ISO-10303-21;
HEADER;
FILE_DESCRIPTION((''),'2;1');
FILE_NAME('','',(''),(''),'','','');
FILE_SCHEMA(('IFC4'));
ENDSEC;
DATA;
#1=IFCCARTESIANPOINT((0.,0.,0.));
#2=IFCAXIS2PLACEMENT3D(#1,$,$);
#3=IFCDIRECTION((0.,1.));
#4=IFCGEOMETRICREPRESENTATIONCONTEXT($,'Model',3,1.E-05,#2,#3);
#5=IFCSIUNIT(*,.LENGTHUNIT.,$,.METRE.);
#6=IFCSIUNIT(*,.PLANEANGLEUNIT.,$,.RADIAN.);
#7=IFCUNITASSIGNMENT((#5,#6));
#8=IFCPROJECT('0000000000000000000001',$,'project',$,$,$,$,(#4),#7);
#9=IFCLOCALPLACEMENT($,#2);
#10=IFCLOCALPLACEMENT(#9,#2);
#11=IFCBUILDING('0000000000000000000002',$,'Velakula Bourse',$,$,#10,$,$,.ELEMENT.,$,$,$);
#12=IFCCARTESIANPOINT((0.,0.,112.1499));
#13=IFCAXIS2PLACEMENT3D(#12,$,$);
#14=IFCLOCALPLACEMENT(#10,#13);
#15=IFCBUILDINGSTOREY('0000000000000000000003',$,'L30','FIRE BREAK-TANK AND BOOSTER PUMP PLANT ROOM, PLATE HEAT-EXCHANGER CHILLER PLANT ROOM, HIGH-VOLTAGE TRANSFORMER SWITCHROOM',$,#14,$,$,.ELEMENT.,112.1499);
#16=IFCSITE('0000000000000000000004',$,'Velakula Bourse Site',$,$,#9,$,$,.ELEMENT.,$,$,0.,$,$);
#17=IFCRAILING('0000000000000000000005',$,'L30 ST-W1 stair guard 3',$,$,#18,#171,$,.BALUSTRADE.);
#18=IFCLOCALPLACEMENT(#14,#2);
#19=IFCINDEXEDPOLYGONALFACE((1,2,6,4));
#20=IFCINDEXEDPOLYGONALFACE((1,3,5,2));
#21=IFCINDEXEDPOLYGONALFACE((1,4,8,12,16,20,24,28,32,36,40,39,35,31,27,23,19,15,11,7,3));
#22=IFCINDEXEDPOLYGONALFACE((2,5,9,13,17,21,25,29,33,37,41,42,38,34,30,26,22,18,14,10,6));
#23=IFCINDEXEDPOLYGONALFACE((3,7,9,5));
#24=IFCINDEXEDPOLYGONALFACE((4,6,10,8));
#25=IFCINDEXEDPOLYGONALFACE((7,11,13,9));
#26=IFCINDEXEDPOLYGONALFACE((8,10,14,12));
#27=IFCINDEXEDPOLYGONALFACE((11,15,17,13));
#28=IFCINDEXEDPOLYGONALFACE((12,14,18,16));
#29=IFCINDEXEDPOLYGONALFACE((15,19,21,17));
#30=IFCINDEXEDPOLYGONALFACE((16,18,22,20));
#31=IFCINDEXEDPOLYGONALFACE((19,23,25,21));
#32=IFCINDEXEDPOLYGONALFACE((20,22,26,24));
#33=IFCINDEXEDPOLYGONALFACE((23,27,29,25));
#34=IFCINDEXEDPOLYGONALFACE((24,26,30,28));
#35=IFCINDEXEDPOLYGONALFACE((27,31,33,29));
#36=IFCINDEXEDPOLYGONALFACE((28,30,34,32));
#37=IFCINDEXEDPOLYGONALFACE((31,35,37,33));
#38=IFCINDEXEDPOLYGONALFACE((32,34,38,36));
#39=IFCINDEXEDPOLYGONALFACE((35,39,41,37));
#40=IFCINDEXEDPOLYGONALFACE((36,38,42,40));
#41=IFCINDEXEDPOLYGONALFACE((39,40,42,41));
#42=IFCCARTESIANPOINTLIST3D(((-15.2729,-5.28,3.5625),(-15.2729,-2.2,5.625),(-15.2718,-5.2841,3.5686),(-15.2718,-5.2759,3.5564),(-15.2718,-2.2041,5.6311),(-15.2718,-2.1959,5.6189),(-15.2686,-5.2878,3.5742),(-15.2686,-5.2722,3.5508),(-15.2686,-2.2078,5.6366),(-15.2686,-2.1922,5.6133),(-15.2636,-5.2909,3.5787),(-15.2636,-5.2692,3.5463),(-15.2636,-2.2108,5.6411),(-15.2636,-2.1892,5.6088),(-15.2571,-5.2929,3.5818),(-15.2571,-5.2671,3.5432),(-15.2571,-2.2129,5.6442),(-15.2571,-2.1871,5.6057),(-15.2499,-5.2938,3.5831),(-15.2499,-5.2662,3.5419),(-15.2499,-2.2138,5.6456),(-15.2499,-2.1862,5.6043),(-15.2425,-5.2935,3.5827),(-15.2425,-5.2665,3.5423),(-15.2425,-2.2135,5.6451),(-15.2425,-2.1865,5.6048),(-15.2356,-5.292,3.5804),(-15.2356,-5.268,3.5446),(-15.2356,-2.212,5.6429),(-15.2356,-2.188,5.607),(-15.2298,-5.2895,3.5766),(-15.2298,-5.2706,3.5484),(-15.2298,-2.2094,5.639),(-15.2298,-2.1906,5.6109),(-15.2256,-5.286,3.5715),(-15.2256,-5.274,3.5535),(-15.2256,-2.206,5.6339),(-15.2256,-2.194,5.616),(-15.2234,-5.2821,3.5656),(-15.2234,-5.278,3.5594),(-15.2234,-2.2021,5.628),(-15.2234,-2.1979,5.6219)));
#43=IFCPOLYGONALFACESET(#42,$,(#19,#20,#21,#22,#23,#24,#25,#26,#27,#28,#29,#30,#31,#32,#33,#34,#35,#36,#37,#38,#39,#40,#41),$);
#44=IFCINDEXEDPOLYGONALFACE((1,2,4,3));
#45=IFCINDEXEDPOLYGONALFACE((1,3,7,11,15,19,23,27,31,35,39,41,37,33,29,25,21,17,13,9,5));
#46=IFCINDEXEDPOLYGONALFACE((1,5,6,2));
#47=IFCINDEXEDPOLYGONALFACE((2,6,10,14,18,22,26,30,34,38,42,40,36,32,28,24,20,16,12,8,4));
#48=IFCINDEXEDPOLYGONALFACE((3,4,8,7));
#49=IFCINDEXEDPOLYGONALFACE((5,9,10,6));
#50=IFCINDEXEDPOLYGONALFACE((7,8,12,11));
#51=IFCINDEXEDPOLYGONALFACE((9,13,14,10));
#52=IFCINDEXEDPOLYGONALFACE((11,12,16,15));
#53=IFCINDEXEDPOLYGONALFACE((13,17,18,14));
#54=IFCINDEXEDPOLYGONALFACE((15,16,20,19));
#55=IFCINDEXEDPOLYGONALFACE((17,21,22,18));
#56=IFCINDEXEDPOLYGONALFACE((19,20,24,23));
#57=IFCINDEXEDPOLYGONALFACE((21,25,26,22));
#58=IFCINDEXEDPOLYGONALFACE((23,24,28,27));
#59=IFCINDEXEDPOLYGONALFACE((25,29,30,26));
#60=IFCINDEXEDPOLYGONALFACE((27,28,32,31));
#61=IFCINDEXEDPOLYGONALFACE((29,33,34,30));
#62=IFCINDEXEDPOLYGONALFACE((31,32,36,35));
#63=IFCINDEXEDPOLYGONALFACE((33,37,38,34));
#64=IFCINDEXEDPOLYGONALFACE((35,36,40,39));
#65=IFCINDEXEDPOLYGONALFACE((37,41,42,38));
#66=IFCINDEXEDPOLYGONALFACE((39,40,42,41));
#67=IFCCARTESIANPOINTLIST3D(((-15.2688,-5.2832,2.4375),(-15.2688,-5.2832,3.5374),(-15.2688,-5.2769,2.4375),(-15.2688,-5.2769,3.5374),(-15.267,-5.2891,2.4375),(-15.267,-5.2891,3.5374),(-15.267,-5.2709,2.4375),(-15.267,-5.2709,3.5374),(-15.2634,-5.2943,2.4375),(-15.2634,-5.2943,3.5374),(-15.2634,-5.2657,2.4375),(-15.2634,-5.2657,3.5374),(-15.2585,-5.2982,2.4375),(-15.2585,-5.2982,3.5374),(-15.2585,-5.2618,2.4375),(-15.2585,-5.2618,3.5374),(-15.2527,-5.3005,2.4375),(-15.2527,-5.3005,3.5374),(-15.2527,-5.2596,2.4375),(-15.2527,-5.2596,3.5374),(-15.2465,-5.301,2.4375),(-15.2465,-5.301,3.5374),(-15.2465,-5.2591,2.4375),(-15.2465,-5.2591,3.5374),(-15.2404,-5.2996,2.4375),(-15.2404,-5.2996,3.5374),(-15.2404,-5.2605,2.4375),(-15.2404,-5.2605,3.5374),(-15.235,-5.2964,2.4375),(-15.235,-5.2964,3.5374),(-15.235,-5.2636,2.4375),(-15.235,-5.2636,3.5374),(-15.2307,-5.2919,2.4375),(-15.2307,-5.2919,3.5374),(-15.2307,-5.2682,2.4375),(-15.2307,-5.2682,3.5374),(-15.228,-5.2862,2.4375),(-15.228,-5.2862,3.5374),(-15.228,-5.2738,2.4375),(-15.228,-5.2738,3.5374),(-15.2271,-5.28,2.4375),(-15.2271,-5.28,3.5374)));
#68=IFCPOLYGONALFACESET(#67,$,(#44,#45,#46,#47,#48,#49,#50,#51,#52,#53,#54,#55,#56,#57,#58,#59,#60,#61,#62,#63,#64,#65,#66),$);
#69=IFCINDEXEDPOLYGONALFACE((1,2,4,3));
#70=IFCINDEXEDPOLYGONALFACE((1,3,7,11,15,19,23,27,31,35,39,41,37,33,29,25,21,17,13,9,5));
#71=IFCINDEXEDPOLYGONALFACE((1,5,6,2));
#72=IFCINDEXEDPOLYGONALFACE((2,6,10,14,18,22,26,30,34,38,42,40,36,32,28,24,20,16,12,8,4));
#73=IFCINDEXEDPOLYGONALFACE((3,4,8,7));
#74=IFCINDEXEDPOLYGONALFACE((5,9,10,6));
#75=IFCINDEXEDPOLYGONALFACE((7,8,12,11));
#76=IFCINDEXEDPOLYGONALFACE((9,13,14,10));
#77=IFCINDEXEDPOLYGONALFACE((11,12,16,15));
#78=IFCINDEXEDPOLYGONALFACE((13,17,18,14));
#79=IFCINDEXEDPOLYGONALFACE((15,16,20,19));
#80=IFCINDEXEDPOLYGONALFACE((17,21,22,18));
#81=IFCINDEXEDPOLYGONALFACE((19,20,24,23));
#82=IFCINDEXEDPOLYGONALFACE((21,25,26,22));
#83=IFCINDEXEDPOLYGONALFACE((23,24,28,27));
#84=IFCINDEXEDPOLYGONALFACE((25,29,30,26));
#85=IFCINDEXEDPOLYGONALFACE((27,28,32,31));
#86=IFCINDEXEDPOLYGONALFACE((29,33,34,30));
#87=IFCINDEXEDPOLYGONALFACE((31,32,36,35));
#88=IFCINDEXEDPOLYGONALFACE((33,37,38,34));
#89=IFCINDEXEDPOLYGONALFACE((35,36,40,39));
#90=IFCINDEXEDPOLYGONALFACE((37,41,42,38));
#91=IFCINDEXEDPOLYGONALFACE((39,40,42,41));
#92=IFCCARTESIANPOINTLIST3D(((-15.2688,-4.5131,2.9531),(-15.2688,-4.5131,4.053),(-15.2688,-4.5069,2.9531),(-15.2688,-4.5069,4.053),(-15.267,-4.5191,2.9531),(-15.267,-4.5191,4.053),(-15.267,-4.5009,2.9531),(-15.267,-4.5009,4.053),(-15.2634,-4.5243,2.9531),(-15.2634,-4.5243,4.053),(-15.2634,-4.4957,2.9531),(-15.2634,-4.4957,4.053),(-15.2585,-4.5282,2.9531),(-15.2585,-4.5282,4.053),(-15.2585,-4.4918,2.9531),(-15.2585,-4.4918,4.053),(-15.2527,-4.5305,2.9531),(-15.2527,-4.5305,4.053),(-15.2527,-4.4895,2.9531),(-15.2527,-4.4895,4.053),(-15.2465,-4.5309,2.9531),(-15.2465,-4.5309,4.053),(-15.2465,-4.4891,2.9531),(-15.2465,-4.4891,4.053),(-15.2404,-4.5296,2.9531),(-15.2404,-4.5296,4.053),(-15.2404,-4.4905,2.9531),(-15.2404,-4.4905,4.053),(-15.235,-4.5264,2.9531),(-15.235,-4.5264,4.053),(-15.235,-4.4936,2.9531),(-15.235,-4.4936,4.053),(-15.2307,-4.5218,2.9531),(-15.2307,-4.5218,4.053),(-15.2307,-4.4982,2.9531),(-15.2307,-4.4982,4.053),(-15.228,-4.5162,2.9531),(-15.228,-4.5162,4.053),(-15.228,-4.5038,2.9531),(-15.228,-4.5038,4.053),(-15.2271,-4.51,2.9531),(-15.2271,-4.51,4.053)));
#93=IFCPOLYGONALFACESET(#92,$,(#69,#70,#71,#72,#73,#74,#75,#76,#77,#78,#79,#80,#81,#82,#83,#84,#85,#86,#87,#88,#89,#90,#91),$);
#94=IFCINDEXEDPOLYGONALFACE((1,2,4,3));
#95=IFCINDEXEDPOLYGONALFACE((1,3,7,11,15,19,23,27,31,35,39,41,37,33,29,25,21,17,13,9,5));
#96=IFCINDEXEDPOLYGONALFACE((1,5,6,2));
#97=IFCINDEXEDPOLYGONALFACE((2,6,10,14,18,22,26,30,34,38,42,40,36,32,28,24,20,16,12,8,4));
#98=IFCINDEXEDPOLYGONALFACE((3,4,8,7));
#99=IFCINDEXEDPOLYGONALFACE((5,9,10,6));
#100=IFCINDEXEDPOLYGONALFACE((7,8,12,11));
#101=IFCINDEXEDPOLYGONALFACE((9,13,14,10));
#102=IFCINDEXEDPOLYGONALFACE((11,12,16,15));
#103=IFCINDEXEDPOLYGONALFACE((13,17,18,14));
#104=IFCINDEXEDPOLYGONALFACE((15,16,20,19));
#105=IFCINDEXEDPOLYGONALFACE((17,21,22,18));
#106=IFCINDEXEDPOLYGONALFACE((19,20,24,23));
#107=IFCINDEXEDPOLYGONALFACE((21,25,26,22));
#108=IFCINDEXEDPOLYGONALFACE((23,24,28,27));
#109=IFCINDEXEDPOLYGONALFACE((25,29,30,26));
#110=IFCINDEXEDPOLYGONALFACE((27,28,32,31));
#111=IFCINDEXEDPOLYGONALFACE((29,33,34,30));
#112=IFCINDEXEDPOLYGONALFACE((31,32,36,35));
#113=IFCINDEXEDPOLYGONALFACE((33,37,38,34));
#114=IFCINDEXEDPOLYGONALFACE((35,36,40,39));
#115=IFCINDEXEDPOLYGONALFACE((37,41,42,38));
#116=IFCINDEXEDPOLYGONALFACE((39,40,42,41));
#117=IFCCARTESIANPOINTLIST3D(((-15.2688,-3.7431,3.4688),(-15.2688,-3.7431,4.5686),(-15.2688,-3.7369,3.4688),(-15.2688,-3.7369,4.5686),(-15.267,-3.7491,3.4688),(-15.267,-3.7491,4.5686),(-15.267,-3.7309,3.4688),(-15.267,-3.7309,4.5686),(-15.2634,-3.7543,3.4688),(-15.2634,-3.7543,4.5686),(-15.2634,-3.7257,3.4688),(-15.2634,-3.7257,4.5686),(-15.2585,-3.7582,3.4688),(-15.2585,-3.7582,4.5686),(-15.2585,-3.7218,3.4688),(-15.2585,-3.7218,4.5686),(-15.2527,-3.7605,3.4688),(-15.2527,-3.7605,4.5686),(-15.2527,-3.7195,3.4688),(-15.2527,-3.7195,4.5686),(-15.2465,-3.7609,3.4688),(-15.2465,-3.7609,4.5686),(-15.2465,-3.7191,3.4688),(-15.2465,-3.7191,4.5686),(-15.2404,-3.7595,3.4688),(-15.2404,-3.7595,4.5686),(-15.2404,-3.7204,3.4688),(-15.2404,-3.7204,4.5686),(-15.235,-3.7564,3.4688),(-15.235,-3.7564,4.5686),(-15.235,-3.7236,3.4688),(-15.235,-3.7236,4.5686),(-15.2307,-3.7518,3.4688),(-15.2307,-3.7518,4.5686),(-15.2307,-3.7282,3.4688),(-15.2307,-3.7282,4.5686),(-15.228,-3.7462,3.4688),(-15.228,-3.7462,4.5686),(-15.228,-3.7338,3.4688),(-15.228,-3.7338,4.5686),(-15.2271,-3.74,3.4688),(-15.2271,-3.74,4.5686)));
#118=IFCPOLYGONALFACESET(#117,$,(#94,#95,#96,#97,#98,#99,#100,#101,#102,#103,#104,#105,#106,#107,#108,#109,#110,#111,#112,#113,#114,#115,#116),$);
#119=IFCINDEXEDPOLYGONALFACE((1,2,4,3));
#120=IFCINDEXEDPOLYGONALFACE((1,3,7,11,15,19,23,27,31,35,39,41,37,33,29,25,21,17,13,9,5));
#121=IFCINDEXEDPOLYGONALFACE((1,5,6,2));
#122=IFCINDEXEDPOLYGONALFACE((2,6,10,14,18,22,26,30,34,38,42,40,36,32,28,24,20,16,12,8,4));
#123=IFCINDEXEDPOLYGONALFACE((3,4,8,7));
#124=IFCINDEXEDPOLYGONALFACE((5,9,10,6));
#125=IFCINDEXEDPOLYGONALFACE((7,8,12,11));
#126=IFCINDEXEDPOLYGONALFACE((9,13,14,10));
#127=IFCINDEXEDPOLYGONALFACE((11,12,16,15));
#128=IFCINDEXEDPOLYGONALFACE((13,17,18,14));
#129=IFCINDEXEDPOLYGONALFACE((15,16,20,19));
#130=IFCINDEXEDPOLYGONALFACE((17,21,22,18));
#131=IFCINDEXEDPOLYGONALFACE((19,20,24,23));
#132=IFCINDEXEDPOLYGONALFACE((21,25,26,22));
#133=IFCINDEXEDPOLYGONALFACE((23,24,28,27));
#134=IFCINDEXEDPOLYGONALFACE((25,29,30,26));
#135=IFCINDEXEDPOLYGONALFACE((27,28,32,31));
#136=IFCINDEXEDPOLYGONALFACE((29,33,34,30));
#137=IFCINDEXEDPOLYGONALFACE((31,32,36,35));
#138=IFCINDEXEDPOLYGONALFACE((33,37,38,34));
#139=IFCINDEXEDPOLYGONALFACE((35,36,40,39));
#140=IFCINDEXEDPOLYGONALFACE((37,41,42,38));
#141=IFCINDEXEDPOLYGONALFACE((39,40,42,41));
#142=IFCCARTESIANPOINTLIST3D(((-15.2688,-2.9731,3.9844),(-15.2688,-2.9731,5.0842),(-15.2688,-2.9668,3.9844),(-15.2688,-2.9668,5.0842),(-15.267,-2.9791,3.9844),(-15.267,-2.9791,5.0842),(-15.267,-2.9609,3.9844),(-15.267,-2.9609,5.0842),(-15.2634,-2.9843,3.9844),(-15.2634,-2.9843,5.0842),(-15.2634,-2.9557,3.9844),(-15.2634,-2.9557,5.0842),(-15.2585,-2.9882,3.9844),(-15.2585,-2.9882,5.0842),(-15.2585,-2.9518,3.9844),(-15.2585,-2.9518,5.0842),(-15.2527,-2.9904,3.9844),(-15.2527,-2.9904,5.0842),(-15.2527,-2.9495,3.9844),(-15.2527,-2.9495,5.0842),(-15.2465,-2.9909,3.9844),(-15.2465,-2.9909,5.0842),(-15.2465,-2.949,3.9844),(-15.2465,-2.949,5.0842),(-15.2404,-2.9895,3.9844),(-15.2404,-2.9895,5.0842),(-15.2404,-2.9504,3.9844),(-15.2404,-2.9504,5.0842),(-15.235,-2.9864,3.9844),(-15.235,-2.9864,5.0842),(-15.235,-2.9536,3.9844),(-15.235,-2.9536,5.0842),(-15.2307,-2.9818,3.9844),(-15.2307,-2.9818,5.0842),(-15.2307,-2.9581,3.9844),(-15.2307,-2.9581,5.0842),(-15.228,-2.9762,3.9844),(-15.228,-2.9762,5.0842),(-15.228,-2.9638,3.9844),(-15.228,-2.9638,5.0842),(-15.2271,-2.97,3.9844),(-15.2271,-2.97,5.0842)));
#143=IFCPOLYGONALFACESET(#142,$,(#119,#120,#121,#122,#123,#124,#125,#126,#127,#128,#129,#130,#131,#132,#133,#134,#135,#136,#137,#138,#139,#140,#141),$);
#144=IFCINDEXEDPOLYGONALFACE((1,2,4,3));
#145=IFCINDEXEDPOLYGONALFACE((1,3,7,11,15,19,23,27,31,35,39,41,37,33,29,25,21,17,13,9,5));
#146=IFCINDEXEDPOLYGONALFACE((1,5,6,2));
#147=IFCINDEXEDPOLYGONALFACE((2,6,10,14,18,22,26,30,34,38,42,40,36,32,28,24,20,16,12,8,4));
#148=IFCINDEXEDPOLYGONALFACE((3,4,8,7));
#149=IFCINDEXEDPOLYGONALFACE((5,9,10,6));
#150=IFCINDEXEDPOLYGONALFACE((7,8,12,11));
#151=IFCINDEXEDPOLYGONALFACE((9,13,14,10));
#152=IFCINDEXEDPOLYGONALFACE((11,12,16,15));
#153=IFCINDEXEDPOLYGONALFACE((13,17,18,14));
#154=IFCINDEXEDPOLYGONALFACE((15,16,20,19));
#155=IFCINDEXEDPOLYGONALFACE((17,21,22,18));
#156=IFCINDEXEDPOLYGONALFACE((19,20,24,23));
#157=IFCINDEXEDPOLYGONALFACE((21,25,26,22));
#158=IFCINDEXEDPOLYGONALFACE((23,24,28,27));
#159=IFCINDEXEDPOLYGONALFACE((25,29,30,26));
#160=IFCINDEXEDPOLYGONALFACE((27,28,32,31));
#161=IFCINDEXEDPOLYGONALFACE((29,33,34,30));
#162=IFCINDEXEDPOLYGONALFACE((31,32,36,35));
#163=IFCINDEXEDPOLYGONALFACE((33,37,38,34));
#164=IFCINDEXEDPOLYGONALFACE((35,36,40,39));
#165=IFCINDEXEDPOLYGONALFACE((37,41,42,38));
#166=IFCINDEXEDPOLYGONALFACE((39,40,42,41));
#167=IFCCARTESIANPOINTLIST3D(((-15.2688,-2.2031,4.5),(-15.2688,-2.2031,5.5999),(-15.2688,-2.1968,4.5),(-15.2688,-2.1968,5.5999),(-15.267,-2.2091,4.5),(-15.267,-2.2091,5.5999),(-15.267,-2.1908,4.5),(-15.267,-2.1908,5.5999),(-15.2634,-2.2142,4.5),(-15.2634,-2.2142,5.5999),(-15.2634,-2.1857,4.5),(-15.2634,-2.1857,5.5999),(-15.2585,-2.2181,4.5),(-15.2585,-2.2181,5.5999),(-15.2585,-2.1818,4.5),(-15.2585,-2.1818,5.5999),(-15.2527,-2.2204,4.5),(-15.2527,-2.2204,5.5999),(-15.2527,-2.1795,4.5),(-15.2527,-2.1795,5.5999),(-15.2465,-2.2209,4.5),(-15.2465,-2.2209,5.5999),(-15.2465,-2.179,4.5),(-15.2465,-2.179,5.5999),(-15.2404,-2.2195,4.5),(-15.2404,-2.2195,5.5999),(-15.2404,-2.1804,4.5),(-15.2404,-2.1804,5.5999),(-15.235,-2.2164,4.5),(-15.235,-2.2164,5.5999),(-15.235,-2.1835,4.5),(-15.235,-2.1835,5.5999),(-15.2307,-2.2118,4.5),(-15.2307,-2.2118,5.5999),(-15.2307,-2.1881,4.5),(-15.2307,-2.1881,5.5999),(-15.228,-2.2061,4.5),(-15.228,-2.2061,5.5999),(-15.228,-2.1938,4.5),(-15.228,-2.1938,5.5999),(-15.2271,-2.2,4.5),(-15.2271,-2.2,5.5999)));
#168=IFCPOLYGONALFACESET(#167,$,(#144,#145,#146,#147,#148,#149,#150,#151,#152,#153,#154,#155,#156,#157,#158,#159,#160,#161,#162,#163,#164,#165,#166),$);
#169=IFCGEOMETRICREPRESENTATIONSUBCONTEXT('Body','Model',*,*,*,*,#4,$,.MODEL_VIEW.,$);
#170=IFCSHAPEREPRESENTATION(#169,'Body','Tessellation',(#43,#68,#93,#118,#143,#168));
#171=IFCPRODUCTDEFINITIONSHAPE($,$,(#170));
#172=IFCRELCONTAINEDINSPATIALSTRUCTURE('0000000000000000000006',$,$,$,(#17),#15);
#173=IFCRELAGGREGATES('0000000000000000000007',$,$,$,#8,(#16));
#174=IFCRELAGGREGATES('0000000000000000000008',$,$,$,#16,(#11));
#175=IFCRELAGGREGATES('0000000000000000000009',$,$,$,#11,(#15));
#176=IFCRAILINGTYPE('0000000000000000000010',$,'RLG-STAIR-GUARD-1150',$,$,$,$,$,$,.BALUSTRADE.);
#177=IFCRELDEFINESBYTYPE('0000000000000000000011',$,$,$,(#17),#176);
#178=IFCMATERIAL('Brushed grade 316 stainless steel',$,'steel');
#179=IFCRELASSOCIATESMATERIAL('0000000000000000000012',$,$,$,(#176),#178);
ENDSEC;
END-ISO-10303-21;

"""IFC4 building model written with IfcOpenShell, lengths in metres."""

from ifc_helpers import new_model, si_unit, direction, frame, origin, origin_2d, place, context, subcontext, project, spatial, circle, extrude, material, type_object, element, save


model = new_model("IFC4")

# Units and contexts
model_context = context("Model", 3, precision=1e-05, world=origin(), true_north=direction((0.0, 1.0)))
body_context = subcontext(model_context, "Body", "Model", "MODEL_VIEW")
ifc_project = project(units=[si_unit("LENGTHUNIT", "METRE"), si_unit("PLANEANGLEUNIT", "RADIAN")], contexts=[model_context])

# Site, building, storey
site_placement = place(None, origin())
site = spatial("IfcSite", under=ifc_project, at=site_placement, Name="Velakula Bourse Site", CompositionType="ELEMENT", RefElevation=0.0)
building_placement = place(site_placement, origin())
building = spatial("IfcBuilding", under=site, at=building_placement, Name="Velakula Bourse", CompositionType="ELEMENT")
storey_placement = place(building_placement, frame((0.0, 0.0, 112.1499)))
storey = spatial("IfcBuildingStorey", under=building, at=storey_placement, Name="L30", Description="FIRE BREAK-TANK AND BOOSTER PUMP PLANT ROOM, PLATE HEAT-EXCHANGER CHILLER PLANT ROOM, HIGH-VOLTAGE TRANSFORMER SWITCHROOM", CompositionType="ELEMENT", Elevation=112.1499)

# Shared definitions
ifc_material_1 = material(Name="Brushed grade 316 stainless steel", Category="steel")

# Railing
railing_type_1 = type_object("IfcRailingType", Name="RLG-STAIR-GUARD-1150", PredefinedType="BALUSTRADE", material=ifc_material_1)
railing_1_placement = place(storey_placement, frame((-15.248, -5.28, 2.4375)))
element("IfcRailing", 1, at=railing_1_placement, inside=storey, type_object=railing_type_1, Name="L30 ST-W1 stair guard 3", PredefinedType="BALUSTRADE", context=body_context, shape_type="SweptSolid", body=[
    extrude(circle(Radius=0.0249, at=origin_2d()), frame((0.0, 0.0, 1.125), z_axis=(0.0, 0.830914, 0.556401), x_axis=(-1.0, 0.0, 0.0)), (0.0, 0.0, 1.0), 3.7068),
    extrude(circle(Radius=0.021, at=origin_2d()), origin(), (0.0, 0.0, 1.0), 1.0999),
    extrude(circle(Radius=0.021, at=origin_2d()), frame((0.0, 0.77, 0.5156)), (0.0, 0.0, 1.0), 1.0999),
    extrude(circle(Radius=0.021, at=origin_2d()), frame((0.0, 1.54, 1.0312)), (0.0, 0.0, 1.0), 1.0999),
    extrude(circle(Radius=0.021, at=origin_2d()), frame((0.0, 2.3101, 1.5469)), (0.0, 0.0, 1.0), 1.0999),
    extrude(circle(Radius=0.021, at=origin_2d()), frame((0.0, 3.0801, 2.0625)), (0.0, 0.0, 1.0), 1.0999),
])

save(model, "model.ifc")
